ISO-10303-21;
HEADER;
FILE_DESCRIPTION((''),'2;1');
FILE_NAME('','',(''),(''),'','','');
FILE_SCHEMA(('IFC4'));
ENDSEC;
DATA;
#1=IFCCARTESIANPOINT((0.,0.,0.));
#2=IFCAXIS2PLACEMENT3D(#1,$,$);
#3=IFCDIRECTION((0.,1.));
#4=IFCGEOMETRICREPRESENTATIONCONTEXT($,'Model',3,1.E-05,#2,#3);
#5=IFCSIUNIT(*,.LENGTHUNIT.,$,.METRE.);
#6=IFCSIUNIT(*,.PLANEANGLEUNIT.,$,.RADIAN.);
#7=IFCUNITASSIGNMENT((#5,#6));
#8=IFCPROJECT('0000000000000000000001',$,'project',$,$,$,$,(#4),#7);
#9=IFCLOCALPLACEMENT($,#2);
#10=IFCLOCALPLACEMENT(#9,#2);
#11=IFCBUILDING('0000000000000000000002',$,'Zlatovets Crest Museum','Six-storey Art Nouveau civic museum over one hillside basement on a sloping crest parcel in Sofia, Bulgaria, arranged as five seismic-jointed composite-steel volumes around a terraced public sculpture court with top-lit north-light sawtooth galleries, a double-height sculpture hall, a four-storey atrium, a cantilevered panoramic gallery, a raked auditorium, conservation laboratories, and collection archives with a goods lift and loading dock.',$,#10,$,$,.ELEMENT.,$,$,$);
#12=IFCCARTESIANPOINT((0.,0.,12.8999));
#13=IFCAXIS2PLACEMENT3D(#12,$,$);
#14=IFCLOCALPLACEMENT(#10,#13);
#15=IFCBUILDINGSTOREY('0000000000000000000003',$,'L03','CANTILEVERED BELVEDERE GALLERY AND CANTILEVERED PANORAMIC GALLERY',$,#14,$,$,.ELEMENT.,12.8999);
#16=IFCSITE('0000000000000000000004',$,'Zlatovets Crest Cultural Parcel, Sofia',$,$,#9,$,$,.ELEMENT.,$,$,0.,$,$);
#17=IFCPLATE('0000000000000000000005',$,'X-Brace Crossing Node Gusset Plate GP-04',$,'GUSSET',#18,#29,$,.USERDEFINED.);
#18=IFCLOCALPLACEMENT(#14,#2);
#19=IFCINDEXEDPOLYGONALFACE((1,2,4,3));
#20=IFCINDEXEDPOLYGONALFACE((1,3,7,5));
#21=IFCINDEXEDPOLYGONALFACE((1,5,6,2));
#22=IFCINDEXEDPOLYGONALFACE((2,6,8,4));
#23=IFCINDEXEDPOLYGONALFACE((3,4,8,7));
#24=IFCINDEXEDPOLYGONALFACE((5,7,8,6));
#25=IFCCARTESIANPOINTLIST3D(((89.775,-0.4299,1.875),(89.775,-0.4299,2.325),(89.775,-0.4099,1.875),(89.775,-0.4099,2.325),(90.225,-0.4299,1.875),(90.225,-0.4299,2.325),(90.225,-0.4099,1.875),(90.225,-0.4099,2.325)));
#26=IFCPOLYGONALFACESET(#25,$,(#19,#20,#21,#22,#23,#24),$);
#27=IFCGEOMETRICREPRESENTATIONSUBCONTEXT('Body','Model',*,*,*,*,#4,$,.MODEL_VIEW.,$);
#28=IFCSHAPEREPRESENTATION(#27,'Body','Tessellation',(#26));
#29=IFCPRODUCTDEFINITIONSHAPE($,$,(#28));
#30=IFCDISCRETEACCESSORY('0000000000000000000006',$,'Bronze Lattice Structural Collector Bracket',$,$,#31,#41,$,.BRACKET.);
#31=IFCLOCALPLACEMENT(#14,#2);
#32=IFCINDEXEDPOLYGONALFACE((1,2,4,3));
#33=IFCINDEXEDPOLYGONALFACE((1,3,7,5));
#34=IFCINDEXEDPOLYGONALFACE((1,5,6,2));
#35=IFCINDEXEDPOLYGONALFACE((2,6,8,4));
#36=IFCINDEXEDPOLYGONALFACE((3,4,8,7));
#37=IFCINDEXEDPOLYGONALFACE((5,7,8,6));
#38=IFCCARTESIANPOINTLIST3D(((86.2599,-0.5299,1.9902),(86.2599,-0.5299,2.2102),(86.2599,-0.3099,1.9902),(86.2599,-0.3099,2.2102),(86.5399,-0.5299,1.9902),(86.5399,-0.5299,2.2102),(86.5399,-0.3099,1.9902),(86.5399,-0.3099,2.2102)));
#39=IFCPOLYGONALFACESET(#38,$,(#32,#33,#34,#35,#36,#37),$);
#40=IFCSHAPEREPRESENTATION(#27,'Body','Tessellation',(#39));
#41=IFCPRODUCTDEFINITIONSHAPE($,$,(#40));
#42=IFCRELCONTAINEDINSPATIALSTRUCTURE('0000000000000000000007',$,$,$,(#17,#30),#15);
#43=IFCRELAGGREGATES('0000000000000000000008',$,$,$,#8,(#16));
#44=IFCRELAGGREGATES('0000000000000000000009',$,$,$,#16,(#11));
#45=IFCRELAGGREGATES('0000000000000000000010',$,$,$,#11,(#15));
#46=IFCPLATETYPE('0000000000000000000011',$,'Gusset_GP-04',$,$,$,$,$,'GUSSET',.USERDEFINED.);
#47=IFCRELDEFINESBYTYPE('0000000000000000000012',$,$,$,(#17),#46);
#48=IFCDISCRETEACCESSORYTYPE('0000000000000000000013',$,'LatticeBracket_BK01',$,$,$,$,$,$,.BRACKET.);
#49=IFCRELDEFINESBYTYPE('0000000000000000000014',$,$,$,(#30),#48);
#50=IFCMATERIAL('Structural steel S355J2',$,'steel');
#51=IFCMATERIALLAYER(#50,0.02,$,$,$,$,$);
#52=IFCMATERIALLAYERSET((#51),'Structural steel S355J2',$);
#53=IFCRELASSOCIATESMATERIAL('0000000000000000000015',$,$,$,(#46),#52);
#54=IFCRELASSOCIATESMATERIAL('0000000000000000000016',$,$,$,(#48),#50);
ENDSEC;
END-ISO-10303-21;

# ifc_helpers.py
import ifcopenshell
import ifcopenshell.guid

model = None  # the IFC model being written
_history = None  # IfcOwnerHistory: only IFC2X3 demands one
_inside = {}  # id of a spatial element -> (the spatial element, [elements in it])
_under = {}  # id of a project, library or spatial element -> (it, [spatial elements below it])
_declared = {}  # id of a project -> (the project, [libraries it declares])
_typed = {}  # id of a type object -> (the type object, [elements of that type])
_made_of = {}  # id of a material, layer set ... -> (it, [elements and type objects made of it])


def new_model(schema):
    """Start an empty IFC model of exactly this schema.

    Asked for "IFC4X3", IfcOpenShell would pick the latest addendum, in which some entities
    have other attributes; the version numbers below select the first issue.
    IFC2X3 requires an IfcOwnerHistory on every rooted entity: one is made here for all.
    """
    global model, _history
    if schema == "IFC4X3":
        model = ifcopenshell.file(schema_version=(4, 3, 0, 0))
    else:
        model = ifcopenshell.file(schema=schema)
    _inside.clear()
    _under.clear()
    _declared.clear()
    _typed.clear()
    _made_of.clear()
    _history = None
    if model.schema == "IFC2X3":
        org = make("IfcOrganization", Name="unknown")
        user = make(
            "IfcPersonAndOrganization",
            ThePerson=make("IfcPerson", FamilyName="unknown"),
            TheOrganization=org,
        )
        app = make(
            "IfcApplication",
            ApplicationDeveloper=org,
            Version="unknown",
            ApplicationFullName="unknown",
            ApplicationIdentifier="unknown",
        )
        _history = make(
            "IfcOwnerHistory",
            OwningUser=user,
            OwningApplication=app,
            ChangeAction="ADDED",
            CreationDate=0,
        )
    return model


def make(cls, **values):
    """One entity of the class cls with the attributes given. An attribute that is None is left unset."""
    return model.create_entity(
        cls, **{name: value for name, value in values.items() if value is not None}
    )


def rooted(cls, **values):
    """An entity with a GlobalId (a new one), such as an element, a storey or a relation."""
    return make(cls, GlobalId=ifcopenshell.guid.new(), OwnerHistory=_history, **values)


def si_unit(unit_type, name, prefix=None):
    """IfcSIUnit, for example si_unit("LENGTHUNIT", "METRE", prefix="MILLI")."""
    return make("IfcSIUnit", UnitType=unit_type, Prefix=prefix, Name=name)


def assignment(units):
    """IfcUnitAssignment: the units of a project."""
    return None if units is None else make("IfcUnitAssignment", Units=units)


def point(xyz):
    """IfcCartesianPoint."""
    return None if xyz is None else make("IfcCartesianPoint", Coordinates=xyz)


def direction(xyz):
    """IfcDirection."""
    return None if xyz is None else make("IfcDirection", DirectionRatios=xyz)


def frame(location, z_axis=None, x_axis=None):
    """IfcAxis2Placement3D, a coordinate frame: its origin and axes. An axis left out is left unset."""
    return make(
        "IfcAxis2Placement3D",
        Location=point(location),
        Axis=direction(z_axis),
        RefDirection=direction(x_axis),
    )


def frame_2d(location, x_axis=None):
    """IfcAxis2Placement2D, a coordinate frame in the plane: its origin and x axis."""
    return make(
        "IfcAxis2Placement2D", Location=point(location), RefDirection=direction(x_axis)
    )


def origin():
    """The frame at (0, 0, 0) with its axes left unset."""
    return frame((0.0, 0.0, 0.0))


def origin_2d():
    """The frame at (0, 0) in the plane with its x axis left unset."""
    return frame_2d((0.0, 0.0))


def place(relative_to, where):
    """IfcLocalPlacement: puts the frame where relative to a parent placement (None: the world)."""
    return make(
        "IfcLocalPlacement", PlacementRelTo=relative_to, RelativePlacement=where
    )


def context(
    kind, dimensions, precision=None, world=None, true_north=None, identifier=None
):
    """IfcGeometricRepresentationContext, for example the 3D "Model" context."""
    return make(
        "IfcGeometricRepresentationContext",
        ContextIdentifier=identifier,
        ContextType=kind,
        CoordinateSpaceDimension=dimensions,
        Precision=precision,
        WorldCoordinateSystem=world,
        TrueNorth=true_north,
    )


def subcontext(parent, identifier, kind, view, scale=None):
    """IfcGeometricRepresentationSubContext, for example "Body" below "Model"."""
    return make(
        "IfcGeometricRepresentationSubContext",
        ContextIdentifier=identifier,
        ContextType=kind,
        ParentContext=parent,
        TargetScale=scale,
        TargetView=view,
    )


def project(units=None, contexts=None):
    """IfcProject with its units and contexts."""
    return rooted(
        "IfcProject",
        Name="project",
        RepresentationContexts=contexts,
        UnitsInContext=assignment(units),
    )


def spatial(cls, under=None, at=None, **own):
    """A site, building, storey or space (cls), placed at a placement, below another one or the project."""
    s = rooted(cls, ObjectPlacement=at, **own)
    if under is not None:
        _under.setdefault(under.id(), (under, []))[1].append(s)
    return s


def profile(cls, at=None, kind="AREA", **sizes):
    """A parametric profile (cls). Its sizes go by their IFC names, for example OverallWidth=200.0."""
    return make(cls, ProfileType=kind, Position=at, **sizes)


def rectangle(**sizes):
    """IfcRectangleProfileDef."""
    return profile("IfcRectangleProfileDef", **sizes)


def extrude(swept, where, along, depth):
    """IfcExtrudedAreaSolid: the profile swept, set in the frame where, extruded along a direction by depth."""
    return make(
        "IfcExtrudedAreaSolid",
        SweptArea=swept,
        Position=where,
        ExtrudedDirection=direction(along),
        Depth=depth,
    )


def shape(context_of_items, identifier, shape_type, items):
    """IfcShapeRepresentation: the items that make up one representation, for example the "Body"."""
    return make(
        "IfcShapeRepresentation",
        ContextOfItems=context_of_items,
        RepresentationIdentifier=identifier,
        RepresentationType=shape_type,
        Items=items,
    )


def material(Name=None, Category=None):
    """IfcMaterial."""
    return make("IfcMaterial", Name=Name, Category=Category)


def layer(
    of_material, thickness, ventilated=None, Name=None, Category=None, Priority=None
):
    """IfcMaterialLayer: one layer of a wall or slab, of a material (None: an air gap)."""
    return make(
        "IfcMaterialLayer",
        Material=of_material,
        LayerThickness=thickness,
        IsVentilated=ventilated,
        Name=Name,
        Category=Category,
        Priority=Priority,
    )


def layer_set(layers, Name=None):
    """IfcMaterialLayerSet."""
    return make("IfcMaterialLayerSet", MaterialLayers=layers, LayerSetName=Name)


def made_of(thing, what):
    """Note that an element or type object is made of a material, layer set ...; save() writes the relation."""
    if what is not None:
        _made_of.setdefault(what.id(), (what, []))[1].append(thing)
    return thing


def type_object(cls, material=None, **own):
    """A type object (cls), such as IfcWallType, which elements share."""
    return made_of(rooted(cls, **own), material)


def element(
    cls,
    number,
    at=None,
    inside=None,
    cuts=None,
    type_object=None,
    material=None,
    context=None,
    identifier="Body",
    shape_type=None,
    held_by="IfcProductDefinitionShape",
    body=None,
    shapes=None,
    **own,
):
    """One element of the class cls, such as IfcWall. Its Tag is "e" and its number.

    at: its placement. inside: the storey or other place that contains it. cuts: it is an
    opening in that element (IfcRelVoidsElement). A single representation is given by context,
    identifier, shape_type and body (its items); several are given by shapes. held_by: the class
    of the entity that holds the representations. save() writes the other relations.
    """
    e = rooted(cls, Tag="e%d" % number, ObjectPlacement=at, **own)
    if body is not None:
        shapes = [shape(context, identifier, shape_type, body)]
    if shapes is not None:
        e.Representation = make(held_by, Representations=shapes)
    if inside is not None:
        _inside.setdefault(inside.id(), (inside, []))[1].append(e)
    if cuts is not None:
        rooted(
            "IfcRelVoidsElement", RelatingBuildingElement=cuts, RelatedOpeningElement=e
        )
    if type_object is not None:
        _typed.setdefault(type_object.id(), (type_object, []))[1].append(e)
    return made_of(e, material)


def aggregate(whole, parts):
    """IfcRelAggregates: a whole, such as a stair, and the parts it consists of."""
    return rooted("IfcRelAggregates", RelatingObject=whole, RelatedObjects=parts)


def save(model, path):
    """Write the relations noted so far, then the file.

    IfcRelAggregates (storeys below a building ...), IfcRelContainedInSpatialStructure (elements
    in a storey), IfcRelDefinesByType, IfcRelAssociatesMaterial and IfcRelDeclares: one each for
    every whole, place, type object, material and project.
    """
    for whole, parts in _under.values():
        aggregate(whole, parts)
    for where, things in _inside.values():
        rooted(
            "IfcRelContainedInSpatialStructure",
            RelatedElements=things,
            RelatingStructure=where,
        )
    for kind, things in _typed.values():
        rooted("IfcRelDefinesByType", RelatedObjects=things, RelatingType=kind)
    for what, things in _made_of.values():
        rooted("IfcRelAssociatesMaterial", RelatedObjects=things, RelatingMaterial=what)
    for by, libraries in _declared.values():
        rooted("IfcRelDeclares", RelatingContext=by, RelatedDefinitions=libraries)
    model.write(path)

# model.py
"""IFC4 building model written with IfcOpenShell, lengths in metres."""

from ifc_helpers import new_model, si_unit, direction, frame, origin, origin_2d, place, context, subcontext, project, spatial, rectangle, extrude, material, layer, layer_set, type_object, element, save


model = new_model("IFC4")

# Units and contexts
model_context = context("Model", 3, precision=1e-05, world=origin(), true_north=direction((0.0, 1.0)))
body_context = subcontext(model_context, "Body", "Model", "MODEL_VIEW")
ifc_project = project(units=[si_unit("LENGTHUNIT", "METRE"), si_unit("PLANEANGLEUNIT", "RADIAN")], contexts=[model_context])

# Site, building, storey
site_placement = place(None, origin())
site = spatial("IfcSite", under=ifc_project, at=site_placement, Name="Zlatovets Crest Cultural Parcel, Sofia", CompositionType="ELEMENT", RefElevation=0.0)
building_placement = place(site_placement, origin())
building = spatial("IfcBuilding", under=site, at=building_placement, Name="Zlatovets Crest Museum", Description="Six-storey Art Nouveau civic museum over one hillside basement on a sloping crest parcel in Sofia, Bulgaria, arranged as five seismic-jointed composite-steel volumes around a terraced public sculpture court with top-lit north-light sawtooth galleries, a double-height sculpture hall, a four-storey atrium, a cantilevered panoramic gallery, a raked auditorium, conservation laboratories, and collection archives with a goods lift and loading dock.", CompositionType="ELEMENT")
storey_placement = place(building_placement, frame((0.0, 0.0, 12.8999)))
storey = spatial("IfcBuildingStorey", under=building, at=storey_placement, Name="L03", Description="CANTILEVERED BELVEDERE GALLERY AND CANTILEVERED PANORAMIC GALLERY", CompositionType="ELEMENT", Elevation=12.8999)

# Shared definitions
ifc_material_1 = material(Name="Structural steel S355J2", Category="steel")

# Plate
ifc_layer_1 = layer(ifc_material_1, 0.02)
ifc_layer_set_1 = layer_set([ifc_layer_1], Name="Structural steel S355J2")
plate_type_1 = type_object("IfcPlateType", Name="Gusset_GP-04", ElementType="GUSSET", PredefinedType="USERDEFINED", material=ifc_layer_set_1)
plate_1_placement = place(storey_placement, frame((90.0, -0.4199, 1.875), z_axis=(0.0, 0.0, 1.0), x_axis=(1.0, 0.0, 0.0)))
element("IfcPlate", 1, at=plate_1_placement, inside=storey, type_object=plate_type_1, Name="X-Brace Crossing Node Gusset Plate GP-04", ObjectType="GUSSET", PredefinedType="USERDEFINED", context=body_context, shape_type="SweptSolid", body=[
    extrude(rectangle(XDim=0.45, YDim=0.02, at=origin_2d()), origin(), (0.0, 0.0, 1.0), 0.45),
])

# Discrete accessory
discrete_accessory_type = type_object("IfcDiscreteAccessoryType", Name="LatticeBracket_BK01", PredefinedType="BRACKET", material=ifc_material_1)
discrete_accessory_placement = place(storey_placement, frame((86.3999, -0.4199, 1.9902), z_axis=(0.0, 0.0, 1.0), x_axis=(1.0, 0.0, 0.0)))
element("IfcDiscreteAccessory", 2, at=discrete_accessory_placement, inside=storey, type_object=discrete_accessory_type, Name="Bronze Lattice Structural Collector Bracket", PredefinedType="BRACKET", context=body_context, shape_type="SweptSolid", body=[
    extrude(rectangle(XDim=0.28, YDim=0.22, at=origin_2d()), origin(), (0.0, 0.0, 1.0), 0.22),
])

save(model, "model.ifc")
